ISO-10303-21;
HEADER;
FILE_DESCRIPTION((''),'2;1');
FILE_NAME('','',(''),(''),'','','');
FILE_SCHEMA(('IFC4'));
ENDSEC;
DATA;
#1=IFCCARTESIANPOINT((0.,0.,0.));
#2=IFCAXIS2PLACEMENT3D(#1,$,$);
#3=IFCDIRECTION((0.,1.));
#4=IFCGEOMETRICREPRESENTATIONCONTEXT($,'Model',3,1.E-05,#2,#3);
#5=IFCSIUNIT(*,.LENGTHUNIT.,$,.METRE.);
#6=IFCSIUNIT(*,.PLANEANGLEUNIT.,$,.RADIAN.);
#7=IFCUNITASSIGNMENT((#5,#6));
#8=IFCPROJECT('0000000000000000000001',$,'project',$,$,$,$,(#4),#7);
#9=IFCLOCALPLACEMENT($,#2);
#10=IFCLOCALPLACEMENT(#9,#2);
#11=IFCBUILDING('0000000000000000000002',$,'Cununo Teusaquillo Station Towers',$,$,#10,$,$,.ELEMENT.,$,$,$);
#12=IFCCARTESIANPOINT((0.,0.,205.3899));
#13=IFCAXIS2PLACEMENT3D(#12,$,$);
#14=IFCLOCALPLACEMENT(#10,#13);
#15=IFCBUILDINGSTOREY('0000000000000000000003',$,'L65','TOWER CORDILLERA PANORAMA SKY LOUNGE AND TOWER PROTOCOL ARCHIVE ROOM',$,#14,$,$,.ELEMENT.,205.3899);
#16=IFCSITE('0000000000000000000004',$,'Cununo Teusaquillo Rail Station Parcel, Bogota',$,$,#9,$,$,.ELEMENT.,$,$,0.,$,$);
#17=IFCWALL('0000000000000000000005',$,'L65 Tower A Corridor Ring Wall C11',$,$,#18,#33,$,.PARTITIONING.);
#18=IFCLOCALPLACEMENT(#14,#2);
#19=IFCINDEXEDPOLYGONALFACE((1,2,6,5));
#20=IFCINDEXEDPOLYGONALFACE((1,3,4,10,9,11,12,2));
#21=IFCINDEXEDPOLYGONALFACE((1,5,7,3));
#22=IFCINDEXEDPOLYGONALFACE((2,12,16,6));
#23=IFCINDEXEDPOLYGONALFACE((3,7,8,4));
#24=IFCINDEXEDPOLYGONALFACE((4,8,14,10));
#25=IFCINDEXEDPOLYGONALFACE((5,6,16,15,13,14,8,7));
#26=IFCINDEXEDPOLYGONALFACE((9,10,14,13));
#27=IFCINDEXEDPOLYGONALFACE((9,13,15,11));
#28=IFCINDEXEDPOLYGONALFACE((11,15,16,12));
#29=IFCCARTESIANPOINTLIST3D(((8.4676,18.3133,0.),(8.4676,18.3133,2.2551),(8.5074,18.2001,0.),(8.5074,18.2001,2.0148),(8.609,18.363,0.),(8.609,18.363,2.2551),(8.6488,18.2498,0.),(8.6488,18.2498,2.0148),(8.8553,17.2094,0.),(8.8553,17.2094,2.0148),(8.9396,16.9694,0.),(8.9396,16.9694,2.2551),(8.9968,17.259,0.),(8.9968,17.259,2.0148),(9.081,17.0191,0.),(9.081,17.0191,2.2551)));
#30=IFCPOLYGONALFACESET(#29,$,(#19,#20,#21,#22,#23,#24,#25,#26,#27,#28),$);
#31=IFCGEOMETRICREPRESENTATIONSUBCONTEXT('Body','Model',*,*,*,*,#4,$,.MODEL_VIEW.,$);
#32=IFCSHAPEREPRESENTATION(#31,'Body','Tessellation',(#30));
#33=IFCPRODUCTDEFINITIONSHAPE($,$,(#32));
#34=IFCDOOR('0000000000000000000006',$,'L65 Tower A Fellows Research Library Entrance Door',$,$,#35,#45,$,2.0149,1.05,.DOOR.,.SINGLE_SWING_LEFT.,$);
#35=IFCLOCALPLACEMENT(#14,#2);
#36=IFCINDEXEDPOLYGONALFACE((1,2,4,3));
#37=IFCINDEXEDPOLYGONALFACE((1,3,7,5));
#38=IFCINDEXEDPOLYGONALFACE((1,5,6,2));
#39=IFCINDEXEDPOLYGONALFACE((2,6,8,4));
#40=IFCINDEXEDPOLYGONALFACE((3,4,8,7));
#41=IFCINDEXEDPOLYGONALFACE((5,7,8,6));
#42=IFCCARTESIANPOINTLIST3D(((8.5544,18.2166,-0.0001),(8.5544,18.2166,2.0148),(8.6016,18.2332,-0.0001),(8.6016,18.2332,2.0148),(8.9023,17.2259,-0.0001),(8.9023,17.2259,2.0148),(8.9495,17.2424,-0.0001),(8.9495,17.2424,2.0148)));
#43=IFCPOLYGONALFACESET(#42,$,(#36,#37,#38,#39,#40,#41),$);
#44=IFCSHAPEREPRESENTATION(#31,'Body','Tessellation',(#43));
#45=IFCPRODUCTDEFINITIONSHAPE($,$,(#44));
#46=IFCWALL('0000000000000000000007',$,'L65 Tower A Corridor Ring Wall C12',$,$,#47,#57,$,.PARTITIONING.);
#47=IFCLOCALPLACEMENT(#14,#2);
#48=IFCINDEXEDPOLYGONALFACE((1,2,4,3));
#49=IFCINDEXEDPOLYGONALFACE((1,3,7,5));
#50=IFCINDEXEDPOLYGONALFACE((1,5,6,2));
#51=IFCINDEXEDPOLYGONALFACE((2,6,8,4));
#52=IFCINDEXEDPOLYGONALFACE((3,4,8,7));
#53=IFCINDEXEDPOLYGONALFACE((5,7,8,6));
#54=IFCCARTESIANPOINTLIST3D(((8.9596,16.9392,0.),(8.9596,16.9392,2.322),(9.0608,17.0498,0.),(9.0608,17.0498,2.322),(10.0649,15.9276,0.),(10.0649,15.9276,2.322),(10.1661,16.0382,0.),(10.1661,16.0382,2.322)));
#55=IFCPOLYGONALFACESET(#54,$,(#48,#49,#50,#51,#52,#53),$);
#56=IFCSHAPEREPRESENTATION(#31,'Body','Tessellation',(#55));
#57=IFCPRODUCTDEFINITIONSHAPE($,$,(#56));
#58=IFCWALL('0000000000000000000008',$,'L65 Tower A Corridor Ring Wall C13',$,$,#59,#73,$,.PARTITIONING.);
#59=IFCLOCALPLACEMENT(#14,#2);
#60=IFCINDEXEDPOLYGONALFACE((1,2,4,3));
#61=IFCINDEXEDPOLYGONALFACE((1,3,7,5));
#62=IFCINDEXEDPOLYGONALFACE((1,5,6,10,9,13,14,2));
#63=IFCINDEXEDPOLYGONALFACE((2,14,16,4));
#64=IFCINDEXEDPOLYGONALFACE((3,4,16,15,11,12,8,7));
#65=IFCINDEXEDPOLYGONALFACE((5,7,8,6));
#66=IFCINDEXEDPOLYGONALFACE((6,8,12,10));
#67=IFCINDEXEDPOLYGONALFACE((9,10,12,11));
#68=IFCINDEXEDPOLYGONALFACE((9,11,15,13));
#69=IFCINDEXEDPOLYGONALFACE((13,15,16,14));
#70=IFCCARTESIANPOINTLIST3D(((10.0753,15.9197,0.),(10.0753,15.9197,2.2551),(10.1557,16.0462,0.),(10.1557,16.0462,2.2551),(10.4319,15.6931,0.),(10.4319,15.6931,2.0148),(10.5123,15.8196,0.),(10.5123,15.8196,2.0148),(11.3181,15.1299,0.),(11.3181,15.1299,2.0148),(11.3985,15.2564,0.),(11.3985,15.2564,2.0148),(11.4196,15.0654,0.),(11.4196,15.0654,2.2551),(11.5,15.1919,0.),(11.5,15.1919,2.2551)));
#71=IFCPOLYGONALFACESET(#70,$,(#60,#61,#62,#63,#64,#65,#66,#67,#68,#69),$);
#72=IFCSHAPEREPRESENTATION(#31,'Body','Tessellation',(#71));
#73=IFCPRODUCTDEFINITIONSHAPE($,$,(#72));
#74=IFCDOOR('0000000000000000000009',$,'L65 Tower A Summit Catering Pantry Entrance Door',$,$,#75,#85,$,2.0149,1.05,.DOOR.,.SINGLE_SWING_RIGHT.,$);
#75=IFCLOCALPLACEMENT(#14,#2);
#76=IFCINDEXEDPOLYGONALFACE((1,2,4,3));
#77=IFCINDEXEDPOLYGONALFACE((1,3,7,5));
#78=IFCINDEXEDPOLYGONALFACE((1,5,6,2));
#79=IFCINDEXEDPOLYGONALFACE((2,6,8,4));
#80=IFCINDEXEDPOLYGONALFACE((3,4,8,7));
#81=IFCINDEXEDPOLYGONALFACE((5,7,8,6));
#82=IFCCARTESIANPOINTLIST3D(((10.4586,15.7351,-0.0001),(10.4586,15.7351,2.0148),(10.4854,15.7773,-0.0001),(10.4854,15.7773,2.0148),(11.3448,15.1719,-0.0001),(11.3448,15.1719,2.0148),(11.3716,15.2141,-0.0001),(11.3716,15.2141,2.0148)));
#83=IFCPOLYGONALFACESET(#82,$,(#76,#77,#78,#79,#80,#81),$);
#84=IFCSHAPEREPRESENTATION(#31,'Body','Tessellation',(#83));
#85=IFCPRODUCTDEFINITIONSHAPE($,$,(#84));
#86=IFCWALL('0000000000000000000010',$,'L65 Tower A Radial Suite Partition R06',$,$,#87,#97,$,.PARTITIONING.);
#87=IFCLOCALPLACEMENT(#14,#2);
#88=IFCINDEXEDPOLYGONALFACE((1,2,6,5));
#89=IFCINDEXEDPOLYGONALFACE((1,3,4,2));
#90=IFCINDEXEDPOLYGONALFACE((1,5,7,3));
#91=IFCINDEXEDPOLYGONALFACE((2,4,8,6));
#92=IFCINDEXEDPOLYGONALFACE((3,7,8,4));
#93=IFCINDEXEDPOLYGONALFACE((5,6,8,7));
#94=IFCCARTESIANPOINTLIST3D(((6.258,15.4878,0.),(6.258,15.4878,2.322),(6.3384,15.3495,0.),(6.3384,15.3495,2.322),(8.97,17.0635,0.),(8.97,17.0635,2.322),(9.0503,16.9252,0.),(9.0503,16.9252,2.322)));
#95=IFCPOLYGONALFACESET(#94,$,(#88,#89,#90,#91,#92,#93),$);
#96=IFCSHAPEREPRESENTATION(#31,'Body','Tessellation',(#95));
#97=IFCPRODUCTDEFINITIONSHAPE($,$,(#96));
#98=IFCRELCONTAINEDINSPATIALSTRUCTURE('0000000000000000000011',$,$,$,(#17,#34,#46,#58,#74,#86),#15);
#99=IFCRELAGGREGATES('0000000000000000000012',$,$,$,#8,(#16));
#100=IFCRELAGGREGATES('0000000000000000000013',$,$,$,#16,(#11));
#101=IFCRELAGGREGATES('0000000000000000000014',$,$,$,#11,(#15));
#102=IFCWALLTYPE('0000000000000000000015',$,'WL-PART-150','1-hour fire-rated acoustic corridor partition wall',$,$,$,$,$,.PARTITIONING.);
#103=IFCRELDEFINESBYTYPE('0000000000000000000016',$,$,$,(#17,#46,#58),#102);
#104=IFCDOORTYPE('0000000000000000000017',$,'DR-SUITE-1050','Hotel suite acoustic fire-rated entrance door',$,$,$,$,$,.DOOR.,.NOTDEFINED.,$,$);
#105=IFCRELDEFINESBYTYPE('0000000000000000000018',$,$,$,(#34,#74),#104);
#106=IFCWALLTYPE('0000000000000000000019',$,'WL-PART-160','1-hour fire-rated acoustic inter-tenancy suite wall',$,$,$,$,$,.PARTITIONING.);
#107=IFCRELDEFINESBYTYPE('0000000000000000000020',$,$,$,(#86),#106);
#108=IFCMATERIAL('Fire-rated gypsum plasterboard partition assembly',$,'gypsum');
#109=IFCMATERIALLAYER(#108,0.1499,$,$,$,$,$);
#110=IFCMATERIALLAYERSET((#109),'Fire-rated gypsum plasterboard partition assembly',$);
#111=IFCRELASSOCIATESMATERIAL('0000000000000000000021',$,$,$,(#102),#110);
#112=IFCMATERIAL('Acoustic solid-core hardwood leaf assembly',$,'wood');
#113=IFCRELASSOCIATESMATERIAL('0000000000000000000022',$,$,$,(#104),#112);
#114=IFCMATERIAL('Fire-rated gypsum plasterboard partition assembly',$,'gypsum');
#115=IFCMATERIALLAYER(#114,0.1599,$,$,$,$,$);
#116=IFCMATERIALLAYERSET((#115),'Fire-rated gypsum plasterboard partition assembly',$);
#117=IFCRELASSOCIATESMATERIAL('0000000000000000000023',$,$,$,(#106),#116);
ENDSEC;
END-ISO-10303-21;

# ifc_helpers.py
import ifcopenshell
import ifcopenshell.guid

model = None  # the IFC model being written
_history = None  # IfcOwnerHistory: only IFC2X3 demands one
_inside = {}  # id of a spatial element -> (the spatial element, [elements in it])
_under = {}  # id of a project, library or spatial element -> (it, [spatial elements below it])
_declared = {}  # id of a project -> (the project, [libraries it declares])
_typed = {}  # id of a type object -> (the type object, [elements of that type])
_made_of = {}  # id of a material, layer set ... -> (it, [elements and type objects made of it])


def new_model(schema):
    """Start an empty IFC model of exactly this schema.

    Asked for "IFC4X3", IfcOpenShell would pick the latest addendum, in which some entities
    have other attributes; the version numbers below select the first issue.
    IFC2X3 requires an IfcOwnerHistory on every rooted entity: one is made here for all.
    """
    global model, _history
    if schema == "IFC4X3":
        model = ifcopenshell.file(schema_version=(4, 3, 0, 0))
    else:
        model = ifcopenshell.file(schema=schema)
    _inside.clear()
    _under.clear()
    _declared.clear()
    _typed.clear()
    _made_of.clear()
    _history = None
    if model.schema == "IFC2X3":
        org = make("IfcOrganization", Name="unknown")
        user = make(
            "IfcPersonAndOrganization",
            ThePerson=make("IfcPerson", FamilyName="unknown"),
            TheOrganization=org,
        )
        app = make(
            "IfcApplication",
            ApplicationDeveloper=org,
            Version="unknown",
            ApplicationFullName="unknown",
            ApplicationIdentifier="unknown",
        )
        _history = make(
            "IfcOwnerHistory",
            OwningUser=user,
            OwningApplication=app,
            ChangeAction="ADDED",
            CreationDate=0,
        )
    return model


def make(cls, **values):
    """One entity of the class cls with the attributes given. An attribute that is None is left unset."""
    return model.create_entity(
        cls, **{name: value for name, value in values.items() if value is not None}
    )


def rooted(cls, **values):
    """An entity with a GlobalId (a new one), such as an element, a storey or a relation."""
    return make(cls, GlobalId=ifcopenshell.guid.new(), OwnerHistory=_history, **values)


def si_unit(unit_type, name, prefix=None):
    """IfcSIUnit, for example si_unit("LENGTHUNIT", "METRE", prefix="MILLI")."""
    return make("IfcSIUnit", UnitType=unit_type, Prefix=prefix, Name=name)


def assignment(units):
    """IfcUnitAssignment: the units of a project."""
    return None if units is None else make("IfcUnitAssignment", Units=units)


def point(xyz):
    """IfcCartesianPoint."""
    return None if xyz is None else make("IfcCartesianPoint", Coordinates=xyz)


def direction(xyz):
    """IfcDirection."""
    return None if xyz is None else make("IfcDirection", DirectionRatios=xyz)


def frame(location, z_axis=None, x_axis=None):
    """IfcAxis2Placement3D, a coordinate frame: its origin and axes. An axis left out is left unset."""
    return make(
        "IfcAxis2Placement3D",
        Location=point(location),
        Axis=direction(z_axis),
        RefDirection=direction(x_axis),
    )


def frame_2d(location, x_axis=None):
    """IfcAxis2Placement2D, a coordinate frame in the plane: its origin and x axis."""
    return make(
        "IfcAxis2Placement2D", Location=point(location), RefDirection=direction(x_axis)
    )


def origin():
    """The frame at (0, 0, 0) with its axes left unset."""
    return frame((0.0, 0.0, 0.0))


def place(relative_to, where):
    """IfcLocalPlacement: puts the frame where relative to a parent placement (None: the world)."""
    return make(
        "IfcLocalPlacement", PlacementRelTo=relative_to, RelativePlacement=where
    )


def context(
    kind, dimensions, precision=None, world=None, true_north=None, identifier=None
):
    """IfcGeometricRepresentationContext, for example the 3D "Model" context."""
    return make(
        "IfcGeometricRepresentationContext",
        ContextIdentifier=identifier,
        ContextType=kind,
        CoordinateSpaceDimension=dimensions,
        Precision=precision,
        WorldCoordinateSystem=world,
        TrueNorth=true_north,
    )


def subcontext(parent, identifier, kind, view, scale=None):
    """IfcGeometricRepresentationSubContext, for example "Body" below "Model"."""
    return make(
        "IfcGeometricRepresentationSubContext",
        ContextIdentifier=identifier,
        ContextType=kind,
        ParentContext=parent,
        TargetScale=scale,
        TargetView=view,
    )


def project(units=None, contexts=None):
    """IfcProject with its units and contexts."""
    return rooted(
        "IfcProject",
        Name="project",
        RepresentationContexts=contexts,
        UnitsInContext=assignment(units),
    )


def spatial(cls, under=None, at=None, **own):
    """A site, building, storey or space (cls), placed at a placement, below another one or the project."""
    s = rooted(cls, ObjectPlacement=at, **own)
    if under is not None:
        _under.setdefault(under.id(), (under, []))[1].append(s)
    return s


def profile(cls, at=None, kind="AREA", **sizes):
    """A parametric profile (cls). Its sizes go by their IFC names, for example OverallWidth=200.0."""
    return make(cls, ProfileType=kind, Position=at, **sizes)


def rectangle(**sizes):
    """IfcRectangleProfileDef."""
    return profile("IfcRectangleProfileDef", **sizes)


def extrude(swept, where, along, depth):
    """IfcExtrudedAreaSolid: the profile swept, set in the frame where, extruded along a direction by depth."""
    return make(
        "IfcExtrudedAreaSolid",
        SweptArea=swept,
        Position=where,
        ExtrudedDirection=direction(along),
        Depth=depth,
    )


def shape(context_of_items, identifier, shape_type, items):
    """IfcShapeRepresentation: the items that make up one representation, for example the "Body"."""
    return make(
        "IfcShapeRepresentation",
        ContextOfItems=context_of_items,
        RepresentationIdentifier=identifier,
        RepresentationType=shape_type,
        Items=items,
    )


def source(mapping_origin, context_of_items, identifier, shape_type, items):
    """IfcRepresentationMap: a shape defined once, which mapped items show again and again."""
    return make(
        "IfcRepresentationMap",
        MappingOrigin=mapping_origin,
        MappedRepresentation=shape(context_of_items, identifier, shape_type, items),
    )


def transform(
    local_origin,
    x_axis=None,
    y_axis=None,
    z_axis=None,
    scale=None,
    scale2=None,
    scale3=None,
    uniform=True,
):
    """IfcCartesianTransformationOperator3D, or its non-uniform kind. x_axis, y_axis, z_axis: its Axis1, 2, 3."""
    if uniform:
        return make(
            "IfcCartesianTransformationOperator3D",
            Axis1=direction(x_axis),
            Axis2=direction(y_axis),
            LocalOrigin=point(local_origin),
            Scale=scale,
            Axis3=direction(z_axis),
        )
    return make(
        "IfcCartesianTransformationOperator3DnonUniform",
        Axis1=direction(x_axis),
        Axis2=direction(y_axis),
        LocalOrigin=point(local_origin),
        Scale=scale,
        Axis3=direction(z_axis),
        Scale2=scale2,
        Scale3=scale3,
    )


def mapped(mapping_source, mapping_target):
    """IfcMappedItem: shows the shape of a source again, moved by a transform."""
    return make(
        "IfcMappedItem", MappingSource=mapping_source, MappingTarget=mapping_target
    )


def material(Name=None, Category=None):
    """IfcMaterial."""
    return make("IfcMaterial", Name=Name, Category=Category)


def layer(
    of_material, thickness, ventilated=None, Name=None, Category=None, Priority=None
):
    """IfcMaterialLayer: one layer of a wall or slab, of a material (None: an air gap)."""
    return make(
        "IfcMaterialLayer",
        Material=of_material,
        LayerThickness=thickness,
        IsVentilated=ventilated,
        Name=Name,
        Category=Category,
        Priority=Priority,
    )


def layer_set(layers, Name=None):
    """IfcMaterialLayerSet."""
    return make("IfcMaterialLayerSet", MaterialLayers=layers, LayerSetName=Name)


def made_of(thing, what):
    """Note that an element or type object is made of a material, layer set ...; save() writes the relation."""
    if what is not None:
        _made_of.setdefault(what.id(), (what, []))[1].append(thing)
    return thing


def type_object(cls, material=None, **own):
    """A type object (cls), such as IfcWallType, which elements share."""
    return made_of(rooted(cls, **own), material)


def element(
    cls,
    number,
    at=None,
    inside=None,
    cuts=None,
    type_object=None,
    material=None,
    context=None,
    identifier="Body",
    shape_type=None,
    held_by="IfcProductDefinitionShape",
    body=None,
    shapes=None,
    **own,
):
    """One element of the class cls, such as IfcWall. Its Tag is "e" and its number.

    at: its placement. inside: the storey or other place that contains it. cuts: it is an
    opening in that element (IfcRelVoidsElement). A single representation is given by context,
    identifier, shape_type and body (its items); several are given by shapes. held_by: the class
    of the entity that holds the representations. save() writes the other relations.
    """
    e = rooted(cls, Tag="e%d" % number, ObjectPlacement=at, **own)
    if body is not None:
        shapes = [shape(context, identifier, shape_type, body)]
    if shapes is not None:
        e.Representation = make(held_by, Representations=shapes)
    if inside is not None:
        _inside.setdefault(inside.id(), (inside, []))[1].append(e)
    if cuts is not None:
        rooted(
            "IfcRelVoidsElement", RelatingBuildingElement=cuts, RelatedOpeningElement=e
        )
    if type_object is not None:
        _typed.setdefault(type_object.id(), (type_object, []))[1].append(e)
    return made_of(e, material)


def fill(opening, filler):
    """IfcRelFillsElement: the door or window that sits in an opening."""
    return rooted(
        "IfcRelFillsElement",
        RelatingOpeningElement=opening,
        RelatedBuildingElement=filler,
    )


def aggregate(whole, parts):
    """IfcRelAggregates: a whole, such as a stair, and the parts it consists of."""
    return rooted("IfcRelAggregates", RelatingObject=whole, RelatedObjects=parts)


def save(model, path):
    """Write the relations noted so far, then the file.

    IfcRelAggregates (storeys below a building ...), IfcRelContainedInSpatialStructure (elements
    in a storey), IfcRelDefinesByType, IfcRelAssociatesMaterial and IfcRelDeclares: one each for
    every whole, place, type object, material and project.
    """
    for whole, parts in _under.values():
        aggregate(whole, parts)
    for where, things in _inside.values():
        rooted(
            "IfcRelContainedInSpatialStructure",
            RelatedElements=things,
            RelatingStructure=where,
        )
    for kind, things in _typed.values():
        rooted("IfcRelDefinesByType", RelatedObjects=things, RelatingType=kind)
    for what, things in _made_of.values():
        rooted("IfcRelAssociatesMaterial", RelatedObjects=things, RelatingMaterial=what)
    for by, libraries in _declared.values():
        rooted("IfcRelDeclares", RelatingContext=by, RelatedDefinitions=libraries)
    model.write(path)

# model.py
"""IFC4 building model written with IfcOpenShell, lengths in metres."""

from ifc_helpers import new_model, si_unit, direction, frame, frame_2d, origin, place, context, subcontext, project, spatial, rectangle, extrude, source, transform, mapped, material, layer, layer_set, type_object, element, fill, save


model = new_model("IFC4")

# Units and contexts
model_context = context("Model", 3, precision=1e-05, world=origin(), true_north=direction((0.0, 1.0)))
body_context = subcontext(model_context, "Body", "Model", "MODEL_VIEW")
ifc_project = project(units=[si_unit("LENGTHUNIT", "METRE"), si_unit("PLANEANGLEUNIT", "RADIAN")], contexts=[model_context])

# Site, building, storey
site_placement = place(None, origin())
site = spatial("IfcSite", under=ifc_project, at=site_placement, Name="Cununo Teusaquillo Rail Station Parcel, Bogota", CompositionType="ELEMENT", RefElevation=0.0)
building_placement = place(site_placement, origin())
building = spatial("IfcBuilding", under=site, at=building_placement, Name="Cununo Teusaquillo Station Towers", CompositionType="ELEMENT")
storey_placement = place(building_placement, frame((0.0, 0.0, 205.3899)))
storey = spatial("IfcBuildingStorey", under=building, at=storey_placement, Name="L65", Description="TOWER CORDILLERA PANORAMA SKY LOUNGE AND TOWER PROTOCOL ARCHIVE ROOM", CompositionType="ELEMENT", Elevation=205.3899)

# Wall, opening, door
ifc_material_1 = material(Name="Fire-rated gypsum plasterboard partition assembly", Category="gypsum")
ifc_layer_1 = layer(ifc_material_1, 0.1499)
ifc_layer_set_1 = layer_set([ifc_layer_1], Name="Fire-rated gypsum plasterboard partition assembly")
wall_type_1 = type_object("IfcWallType", Name="WL-PART-150", Description="1-hour fire-rated acoustic corridor partition wall", PredefinedType="PARTITIONING", material=ifc_layer_set_1)
wall_1_placement = place(storey_placement, frame((8.5383, 18.3381, 0.0), z_axis=(0.0, 0.0, 1.0), x_axis=(0.331358, -0.943505, 0.0)))
wall_1 = element("IfcWall", 1, at=wall_1_placement, inside=storey, type_object=wall_type_1, Name="L65 Tower A Corridor Ring Wall C11", PredefinedType="PARTITIONING", context=body_context, shape_type="SweptSolid", body=[
    extrude(rectangle(XDim=1.4243, YDim=0.1499, at=frame_2d((0.7122, 0.0))), origin(), (0.0, 0.0, 1.0), 2.2551),
])
shared_shape_1 = source(origin(), body_context, "Body", "SweptSolid", [
    extrude(rectangle(XDim=1.05, YDim=2.0149, at=frame_2d((0.5249, 1.0073))), frame((0.0, 0.085, 0.0), z_axis=(0.0, -1.0, 0.0), x_axis=(1.0, 0.0, 0.0)), (0.0, 0.0, 1.0), 0.1699),
])
opening_1_placement = place(wall_1_placement, frame((0.1201, 0.0, 0.0)))
opening_1 = element("IfcOpeningElement", 2, at=opening_1_placement, cuts=wall_1, PredefinedType="OPENING", context=body_context, shape_type="MappedRepresentation", body=[
    mapped(shared_shape_1, transform((0.0, 0.0, 0.0), x_axis=(1.0, 0.0, 0.0), y_axis=(0.0, 1.0, 0.0), z_axis=(0.0, 0.0, 1.0), scale=1.0)),
])
ifc_material_2 = material(Name="Acoustic solid-core hardwood leaf assembly", Category="wood")
door_type_1 = type_object("IfcDoorType", Name="DR-SUITE-1050", Description="Hotel suite acoustic fire-rated entrance door", OperationType="NOTDEFINED", PredefinedType="DOOR", material=ifc_material_2)
shared_shape_2 = source(origin(), body_context, "Body", "SweptSolid", [
    extrude(rectangle(XDim=1.05, YDim=2.0149, at=frame_2d((0.5249, 1.0073))), frame((0.0, 0.0249, 0.0), z_axis=(0.0, -1.0, 0.0), x_axis=(1.0, 0.0, 0.0)), (0.0, 0.0, 1.0), 0.05),
])
door_1_placement = place(opening_1_placement, origin())
door_1 = element("IfcDoor", 3, at=door_1_placement, inside=storey, type_object=door_type_1, Name="L65 Tower A Fellows Research Library Entrance Door", OperationType="SINGLE_SWING_LEFT", OverallHeight=2.0149, OverallWidth=1.05, PredefinedType="DOOR", context=body_context, shape_type="MappedRepresentation", body=[
    mapped(shared_shape_2, transform((0.0, 0.0, 0.0), x_axis=(1.0, 0.0, 0.0), y_axis=(0.0, 1.0, 0.0), z_axis=(0.0, 0.0, 1.0), scale=1.0)),
])
fill(opening_1, door_1)

# Wall
wall_2_placement = place(storey_placement, frame((9.0103, 16.9944, 0.0), z_axis=(0.0, 0.0, 1.0), x_axis=(0.737702, -0.675127, 0.0)))
element("IfcWall", 4, at=wall_2_placement, inside=storey, type_object=wall_type_1, Name="L65 Tower A Corridor Ring Wall C12", PredefinedType="PARTITIONING", context=body_context, shape_type="SweptSolid", body=[
    extrude(rectangle(XDim=1.4983, YDim=0.1499, at=frame_2d((0.749, 0.0))), origin(), (0.0, 0.0, 1.0), 2.322),
])

# Wall, opening, door
wall_3_placement = place(storey_placement, frame((10.1155, 15.9829, 0.0), z_axis=(0.0, 0.0, 1.0), x_axis=(0.843996, -0.53635, 0.0)))
wall_3 = element("IfcWall", 5, at=wall_3_placement, inside=storey, type_object=wall_type_1, Name="L65 Tower A Corridor Ring Wall C13", PredefinedType="PARTITIONING", context=body_context, shape_type="SweptSolid", body=[
    extrude(rectangle(XDim=1.5928, YDim=0.1499, at=frame_2d((0.7964, 0.0))), origin(), (0.0, 0.0, 1.0), 2.2551),
])
opening_2_placement = place(wall_3_placement, frame((0.4226, 0.0, 0.0)))
opening_2 = element("IfcOpeningElement", 6, at=opening_2_placement, cuts=wall_3, PredefinedType="OPENING", context=body_context, shape_type="MappedRepresentation", body=[
    mapped(shared_shape_1, transform((0.0, 0.0, 0.0), x_axis=(1.0, 0.0, 0.0), y_axis=(0.0, 1.0, 0.0), z_axis=(0.0, 0.0, 1.0), scale=1.0)),
])
door_2_placement = place(opening_2_placement, origin())
door_2 = element("IfcDoor", 7, at=door_2_placement, inside=storey, type_object=door_type_1, Name="L65 Tower A Summit Catering Pantry Entrance Door", OperationType="SINGLE_SWING_RIGHT", OverallHeight=2.0149, OverallWidth=1.05, PredefinedType="DOOR", context=body_context, shape_type="MappedRepresentation", body=[
    mapped(shared_shape_2, transform((0.0, 0.0, 0.0), x_axis=(1.0, 0.0, 0.0), y_axis=(0.0, 1.0, 0.0), z_axis=(0.0, 0.0, 1.0), scale=1.0)),
])
fill(opening_2, door_2)

# Wall
ifc_material_3 = material(Name="Fire-rated gypsum plasterboard partition assembly", Category="gypsum")
ifc_layer_2 = layer(ifc_material_3, 0.1599)
ifc_layer_set_2 = layer_set([ifc_layer_2], Name="Fire-rated gypsum plasterboard partition assembly")
wall_type_2 = type_object("IfcWallType", Name="WL-PART-160", Description="1-hour fire-rated acoustic inter-tenancy suite wall", PredefinedType="PARTITIONING", material=ifc_layer_set_2)
wall_4_placement = place(storey_placement, frame((9.0103, 16.9944, 0.0), z_axis=(0.0, 0.0, 1.0), x_axis=(-0.864647, -0.50238, 0.0)))
element("IfcWall", 8, at=wall_4_placement, inside=storey, type_object=wall_type_2, Name="L65 Tower A Radial Suite Partition R06", PredefinedType="PARTITIONING", context=body_context, shape_type="SweptSolid", body=[
    extrude(rectangle(XDim=3.1365, YDim=0.1599, at=frame_2d((1.5684, 0.0))), origin(), (0.0, 0.0, 1.0), 2.322),
])

save(model, "model.ifc")
